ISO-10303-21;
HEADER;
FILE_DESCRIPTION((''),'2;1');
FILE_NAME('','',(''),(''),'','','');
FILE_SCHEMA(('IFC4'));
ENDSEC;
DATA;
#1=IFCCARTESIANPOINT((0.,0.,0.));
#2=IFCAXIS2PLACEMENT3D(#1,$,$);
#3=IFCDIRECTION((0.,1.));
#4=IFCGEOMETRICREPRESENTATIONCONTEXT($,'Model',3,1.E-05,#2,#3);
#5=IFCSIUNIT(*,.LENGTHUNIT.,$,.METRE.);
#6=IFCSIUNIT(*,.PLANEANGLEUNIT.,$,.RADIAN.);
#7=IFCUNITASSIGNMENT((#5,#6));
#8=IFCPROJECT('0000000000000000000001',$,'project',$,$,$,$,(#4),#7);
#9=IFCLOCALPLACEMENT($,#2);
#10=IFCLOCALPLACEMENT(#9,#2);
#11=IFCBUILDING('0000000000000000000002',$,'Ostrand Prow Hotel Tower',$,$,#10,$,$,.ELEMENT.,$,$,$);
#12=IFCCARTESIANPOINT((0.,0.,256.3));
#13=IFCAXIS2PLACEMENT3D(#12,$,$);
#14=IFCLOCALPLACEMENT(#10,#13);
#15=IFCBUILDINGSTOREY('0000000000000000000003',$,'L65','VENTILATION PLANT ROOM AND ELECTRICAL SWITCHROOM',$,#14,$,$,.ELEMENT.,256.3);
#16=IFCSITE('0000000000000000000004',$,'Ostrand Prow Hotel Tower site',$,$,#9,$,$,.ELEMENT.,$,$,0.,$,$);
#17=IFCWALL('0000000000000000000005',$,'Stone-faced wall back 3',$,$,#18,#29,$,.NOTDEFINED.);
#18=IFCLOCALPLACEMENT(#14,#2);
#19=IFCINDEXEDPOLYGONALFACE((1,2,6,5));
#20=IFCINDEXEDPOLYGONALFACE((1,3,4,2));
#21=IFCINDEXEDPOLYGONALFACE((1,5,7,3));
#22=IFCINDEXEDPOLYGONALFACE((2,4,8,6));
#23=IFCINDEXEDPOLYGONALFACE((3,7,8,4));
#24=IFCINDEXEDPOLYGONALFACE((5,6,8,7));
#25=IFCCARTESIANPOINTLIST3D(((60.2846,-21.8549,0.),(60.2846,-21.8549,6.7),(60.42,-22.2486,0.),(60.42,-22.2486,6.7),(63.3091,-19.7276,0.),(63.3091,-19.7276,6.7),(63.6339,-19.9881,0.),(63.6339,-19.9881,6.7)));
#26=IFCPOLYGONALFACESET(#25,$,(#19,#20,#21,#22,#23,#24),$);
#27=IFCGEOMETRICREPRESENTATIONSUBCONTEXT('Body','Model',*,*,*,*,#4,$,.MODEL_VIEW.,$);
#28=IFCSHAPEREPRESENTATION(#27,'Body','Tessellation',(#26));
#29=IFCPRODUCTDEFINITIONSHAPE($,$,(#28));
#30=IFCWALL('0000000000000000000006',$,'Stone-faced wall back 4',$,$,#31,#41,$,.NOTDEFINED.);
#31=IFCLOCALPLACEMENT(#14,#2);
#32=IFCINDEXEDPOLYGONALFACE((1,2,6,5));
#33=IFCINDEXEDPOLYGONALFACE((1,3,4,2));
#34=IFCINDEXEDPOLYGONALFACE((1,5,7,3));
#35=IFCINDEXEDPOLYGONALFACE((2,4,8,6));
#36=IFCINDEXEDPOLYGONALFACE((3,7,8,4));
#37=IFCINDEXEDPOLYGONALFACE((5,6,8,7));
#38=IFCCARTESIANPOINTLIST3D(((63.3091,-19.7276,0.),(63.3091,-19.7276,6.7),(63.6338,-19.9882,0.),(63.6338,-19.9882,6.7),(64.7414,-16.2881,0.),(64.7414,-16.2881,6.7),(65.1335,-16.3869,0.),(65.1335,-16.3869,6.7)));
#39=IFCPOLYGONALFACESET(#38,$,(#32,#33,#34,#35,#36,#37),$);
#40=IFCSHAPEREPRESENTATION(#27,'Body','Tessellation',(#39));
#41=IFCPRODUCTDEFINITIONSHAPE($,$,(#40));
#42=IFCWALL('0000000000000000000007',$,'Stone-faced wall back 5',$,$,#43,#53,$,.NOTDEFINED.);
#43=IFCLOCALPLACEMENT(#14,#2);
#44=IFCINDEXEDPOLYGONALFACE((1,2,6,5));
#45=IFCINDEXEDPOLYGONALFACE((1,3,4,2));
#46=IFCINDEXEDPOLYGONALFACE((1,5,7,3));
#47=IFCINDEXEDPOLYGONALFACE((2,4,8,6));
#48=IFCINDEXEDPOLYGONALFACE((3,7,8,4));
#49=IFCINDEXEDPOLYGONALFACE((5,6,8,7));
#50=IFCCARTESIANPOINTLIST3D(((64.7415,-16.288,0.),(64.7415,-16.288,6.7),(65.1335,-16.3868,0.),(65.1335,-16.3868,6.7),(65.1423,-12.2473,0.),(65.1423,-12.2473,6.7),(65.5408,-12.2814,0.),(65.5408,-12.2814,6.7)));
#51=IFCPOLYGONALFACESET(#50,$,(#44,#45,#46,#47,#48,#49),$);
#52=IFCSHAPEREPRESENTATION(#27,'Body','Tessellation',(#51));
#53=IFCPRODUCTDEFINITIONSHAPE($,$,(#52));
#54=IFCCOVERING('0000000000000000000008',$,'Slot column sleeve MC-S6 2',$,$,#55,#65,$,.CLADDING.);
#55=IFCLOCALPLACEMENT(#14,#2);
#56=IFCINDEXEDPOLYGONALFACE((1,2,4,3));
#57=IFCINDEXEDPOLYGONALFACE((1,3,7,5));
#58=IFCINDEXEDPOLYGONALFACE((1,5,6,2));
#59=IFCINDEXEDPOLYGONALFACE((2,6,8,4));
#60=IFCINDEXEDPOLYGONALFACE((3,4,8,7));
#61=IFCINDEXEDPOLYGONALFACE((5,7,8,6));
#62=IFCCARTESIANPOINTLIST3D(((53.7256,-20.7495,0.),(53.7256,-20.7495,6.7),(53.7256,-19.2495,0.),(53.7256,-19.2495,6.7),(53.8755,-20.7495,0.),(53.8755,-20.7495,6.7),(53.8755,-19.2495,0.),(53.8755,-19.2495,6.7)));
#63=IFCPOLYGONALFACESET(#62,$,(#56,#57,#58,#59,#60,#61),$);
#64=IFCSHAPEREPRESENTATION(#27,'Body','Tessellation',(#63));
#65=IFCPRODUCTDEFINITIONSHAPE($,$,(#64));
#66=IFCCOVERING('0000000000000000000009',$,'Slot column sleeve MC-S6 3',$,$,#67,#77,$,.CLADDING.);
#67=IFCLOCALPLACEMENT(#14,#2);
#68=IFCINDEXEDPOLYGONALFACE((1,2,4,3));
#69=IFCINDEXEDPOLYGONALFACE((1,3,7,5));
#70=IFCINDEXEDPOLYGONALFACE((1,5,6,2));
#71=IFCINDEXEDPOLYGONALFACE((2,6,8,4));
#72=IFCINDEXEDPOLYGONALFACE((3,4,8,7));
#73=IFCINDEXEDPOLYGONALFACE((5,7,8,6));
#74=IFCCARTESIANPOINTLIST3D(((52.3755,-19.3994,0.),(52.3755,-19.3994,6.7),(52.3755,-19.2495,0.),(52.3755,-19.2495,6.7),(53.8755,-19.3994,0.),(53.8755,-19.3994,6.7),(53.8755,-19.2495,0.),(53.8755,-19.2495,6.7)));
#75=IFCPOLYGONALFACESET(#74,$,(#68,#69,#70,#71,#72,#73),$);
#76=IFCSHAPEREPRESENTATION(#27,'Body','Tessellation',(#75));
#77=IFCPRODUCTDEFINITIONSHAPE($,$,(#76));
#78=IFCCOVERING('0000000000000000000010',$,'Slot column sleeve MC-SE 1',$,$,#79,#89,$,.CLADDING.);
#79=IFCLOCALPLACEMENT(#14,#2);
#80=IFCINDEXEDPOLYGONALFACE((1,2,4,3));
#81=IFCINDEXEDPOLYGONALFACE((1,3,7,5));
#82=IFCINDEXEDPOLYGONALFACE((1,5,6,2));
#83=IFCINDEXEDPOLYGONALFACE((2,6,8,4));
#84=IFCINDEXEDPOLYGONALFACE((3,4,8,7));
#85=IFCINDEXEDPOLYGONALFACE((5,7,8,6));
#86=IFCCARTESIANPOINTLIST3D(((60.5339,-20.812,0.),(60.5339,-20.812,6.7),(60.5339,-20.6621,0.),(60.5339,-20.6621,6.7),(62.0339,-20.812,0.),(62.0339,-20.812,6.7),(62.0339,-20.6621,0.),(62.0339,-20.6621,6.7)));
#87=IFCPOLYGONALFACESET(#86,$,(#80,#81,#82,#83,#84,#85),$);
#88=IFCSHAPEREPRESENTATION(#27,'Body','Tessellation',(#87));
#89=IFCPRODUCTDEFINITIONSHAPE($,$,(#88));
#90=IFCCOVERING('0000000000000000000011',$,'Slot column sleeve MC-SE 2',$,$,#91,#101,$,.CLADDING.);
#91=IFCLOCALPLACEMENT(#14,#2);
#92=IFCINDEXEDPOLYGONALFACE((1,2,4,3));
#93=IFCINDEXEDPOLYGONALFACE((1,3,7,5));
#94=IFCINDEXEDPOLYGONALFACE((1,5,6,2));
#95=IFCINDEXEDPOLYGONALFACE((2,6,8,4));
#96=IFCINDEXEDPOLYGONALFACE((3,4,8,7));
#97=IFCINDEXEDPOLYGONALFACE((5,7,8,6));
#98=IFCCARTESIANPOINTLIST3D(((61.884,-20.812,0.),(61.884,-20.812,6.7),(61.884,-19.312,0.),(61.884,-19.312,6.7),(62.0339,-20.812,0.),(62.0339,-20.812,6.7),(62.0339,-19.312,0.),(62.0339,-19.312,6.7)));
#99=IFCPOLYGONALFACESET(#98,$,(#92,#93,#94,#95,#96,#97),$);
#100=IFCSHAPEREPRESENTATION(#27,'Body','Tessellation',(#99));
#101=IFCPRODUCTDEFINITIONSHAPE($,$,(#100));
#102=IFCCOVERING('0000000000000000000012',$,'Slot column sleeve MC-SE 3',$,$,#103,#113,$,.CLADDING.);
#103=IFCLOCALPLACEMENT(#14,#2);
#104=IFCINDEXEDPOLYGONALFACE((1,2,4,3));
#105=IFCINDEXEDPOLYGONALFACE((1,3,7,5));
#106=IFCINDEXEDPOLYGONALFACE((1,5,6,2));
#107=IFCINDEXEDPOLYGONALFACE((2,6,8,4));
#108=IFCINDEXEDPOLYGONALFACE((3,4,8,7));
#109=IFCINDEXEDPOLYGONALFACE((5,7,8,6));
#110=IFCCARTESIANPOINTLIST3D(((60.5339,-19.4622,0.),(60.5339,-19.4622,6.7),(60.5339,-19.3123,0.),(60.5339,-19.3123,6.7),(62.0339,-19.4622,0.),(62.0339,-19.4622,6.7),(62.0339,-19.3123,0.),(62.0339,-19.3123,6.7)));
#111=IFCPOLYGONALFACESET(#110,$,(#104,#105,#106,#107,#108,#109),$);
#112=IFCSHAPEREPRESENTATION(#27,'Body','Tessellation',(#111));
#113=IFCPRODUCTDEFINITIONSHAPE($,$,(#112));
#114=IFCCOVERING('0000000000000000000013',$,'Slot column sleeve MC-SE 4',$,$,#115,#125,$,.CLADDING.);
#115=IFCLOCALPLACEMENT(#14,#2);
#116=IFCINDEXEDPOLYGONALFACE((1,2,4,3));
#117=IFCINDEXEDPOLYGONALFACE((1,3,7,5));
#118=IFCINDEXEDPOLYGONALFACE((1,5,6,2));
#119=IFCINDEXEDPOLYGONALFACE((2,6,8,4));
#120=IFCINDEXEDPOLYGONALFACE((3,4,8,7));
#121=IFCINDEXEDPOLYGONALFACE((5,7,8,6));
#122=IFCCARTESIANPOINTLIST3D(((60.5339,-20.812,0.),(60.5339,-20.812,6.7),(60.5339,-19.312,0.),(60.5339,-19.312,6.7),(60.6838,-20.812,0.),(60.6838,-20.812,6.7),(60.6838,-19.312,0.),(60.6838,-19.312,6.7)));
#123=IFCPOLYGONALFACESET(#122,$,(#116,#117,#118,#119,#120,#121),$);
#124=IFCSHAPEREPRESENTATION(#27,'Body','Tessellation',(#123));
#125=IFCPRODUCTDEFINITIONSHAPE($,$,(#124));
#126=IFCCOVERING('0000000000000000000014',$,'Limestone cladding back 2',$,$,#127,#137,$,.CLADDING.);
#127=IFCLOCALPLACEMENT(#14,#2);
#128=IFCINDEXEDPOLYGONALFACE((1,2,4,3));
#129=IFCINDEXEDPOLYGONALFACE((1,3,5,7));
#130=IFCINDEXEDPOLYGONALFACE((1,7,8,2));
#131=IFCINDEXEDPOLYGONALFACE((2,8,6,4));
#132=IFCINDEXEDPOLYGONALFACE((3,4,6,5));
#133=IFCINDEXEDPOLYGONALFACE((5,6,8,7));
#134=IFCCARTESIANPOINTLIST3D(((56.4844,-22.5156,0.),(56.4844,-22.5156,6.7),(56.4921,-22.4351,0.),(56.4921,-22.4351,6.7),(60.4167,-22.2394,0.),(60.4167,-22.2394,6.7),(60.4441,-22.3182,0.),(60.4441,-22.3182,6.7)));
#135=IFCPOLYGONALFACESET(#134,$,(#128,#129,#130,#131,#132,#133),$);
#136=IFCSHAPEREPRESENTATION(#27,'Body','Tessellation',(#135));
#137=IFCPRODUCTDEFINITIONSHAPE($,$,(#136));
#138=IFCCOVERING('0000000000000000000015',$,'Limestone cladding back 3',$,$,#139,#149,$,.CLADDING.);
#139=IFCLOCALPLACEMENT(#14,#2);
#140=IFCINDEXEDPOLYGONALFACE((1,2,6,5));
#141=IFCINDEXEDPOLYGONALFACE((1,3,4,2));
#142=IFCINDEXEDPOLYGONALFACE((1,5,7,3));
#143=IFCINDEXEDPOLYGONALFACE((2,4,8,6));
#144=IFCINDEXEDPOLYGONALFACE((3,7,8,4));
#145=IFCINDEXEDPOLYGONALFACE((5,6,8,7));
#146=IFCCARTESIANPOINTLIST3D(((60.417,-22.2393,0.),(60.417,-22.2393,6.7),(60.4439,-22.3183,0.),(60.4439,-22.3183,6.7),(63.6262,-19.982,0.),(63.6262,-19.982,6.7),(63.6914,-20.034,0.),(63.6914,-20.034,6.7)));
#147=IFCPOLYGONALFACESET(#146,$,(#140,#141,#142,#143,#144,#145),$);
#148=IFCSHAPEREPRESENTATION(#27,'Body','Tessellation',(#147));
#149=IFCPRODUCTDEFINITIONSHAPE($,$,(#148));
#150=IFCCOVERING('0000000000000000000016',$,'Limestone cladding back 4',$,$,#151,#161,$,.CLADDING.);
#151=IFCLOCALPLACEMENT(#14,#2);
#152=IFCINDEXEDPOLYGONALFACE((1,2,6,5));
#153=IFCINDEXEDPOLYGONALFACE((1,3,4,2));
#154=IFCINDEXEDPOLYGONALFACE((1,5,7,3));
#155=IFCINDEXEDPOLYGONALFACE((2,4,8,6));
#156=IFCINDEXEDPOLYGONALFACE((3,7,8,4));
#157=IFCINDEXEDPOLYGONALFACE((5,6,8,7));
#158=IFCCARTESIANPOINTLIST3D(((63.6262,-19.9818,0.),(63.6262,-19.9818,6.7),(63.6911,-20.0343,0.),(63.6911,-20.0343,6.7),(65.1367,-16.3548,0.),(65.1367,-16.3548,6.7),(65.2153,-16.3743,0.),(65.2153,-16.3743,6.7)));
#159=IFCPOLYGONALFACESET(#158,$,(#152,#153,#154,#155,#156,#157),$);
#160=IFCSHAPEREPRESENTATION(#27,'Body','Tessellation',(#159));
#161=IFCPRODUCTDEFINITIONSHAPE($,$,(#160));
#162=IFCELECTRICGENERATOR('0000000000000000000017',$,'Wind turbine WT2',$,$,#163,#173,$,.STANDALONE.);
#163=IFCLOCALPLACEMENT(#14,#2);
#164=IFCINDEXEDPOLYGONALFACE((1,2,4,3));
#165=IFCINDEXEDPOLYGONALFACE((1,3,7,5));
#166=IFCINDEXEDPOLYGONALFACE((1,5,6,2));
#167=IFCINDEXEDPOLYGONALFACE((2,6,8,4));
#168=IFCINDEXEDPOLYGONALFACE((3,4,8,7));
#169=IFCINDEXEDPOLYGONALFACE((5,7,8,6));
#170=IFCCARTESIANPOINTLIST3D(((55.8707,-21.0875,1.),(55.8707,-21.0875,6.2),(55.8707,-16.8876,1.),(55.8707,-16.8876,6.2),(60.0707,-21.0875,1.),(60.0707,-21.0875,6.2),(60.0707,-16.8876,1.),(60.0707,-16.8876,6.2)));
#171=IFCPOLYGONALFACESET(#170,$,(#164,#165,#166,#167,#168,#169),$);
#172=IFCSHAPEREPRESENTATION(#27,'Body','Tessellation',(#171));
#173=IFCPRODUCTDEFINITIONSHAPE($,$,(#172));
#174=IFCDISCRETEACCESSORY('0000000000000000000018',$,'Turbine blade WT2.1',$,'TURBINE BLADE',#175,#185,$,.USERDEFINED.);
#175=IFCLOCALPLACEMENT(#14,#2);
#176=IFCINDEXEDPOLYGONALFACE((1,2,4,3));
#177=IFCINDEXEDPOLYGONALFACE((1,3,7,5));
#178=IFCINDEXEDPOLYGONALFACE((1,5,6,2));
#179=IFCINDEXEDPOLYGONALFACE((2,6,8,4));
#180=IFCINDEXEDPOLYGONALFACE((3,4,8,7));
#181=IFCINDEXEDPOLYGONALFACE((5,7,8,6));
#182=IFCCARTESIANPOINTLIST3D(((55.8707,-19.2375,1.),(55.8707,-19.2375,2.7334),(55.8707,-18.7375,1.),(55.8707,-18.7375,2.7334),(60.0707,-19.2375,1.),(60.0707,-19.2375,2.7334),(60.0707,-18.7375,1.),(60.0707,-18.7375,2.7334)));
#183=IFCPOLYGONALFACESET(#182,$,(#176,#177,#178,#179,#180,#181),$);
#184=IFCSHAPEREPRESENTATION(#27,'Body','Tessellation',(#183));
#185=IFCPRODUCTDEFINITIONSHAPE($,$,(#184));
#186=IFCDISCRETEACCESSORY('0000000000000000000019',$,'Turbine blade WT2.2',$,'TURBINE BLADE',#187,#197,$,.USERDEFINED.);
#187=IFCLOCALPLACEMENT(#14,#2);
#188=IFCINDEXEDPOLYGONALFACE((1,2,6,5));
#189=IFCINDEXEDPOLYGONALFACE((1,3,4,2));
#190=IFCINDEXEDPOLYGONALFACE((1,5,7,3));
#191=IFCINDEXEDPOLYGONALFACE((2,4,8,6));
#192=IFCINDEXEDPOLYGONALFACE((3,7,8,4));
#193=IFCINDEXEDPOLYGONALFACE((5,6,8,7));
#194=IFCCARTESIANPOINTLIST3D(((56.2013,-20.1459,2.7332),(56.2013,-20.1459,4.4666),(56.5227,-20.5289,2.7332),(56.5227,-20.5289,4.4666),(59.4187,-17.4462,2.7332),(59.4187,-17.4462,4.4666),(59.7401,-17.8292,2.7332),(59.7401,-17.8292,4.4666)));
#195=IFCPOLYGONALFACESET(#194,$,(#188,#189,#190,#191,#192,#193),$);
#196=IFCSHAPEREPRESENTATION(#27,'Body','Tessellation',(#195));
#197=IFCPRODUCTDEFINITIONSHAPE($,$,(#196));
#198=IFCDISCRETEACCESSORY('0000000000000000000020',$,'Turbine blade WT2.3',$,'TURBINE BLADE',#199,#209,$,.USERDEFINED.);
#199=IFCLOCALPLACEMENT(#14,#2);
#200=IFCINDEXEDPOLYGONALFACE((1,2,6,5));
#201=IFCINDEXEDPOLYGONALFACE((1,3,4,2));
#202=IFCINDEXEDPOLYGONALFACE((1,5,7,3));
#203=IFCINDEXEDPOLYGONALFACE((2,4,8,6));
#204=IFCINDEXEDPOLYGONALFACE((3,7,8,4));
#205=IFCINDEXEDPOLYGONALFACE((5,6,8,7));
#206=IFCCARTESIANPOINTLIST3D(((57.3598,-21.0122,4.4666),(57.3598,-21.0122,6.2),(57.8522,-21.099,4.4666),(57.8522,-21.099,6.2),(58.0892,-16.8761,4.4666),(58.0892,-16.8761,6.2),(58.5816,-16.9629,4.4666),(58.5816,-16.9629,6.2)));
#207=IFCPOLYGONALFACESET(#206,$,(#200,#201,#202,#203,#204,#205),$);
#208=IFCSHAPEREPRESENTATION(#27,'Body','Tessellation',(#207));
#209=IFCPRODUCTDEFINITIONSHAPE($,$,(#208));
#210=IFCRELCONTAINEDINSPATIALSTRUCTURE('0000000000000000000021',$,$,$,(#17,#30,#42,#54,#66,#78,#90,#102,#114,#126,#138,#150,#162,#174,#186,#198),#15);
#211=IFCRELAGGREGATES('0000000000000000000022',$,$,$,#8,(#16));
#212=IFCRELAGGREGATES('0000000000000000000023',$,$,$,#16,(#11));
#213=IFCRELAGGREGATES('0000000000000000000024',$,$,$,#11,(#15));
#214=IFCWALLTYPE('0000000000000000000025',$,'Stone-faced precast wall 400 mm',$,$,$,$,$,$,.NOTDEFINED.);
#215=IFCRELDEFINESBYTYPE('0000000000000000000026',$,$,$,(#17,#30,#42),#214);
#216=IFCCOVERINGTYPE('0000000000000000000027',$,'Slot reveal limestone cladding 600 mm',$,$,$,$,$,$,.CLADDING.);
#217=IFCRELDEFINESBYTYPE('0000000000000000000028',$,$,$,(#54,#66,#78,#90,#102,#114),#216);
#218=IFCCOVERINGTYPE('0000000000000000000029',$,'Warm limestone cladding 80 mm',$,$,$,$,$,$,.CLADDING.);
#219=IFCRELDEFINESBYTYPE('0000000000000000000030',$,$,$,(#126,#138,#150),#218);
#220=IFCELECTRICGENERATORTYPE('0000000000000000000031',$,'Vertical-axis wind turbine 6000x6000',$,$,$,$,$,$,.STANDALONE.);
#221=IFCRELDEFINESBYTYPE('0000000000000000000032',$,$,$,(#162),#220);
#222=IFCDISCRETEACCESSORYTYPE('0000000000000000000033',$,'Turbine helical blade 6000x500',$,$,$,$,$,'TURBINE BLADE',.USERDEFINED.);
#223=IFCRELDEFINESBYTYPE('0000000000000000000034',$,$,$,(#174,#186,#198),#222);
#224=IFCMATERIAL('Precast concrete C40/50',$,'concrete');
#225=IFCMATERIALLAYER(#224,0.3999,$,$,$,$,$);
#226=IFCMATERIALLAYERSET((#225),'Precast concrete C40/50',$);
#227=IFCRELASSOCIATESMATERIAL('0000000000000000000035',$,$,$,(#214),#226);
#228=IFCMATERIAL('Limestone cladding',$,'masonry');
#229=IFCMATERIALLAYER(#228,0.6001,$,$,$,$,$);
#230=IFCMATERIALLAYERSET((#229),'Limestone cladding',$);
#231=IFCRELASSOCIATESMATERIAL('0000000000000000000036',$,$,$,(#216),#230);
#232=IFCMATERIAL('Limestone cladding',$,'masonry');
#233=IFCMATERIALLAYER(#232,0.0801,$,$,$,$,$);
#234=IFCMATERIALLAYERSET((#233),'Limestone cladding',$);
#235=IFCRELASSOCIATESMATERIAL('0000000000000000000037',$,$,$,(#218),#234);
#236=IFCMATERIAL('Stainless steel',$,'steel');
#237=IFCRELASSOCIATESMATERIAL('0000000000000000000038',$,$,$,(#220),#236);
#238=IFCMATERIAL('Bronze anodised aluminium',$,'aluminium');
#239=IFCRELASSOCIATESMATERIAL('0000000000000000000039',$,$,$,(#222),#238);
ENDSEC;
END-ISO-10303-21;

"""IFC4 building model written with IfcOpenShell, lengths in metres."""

from ifc_helpers import new_model, si_unit, direction, frame, frame_2d, origin, origin_2d, place, context, subcontext, project, spatial, polyline, rectangle, outline, extrude, material, layer, layer_set, type_object, element, save


model = new_model("IFC4")

# Units and contexts
model_context = context("Model", 3, precision=1e-05, world=origin(), true_north=direction((0.0, 1.0)))
body_context = subcontext(model_context, "Body", "Model", "MODEL_VIEW")
ifc_project = project(units=[si_unit("LENGTHUNIT", "METRE"), si_unit("PLANEANGLEUNIT", "RADIAN")], contexts=[model_context])

# Site, building, storey
site_placement = place(None, origin())
site = spatial("IfcSite", under=ifc_project, at=site_placement, Name="Ostrand Prow Hotel Tower site", CompositionType="ELEMENT", RefElevation=0.0)
building_placement = place(site_placement, origin())
building = spatial("IfcBuilding", under=site, at=building_placement, Name="Ostrand Prow Hotel Tower", CompositionType="ELEMENT")
storey_placement = place(building_placement, frame((0.0, 0.0, 256.3)))
storey = spatial("IfcBuildingStorey", under=building, at=storey_placement, Name="L65", Description="VENTILATION PLANT ROOM AND ELECTRICAL SWITCHROOM", CompositionType="ELEMENT", Elevation=256.3)

# Walls
ifc_material_1 = material(Name="Precast concrete C40/50", Category="concrete")
ifc_layer_1 = layer(ifc_material_1, 0.3999)
ifc_layer_set_1 = layer_set([ifc_layer_1], Name="Precast concrete C40/50")
wall_type_1 = type_object("IfcWallType", Name="Stone-faced precast wall 400 mm", PredefinedType="NOTDEFINED", material=ifc_layer_set_1)
wall_1_placement = place(storey_placement, frame((60.3523, -22.0518, 0.0), z_axis=(0.0, 0.0, 1.0), x_axis=(0.817943, 0.5753, 0.0)))
element("IfcWall", 1, at=wall_1_placement, inside=storey, type_object=wall_type_1, Name="Stone-faced wall back 3", PredefinedType="NOTDEFINED", context=body_context, shape_type="SweptSolid", body=[
    extrude(outline(polyline([(-0.0579, -0.2), (3.8713, -0.2), (3.7556, 0.2), (0.0579, 0.2), (-0.0579, -0.2)])), origin(), (0.0, 0.0, 1.0), 6.7),
])
wall_2_placement = place(storey_placement, frame((63.4714, -19.8579, 0.0), z_axis=(0.0, 0.0, 1.0), x_axis=(0.384434, 0.923153, 0.0)))
element("IfcWall", 2, at=wall_2_placement, inside=storey, type_object=wall_type_1, Name="Stone-faced wall back 4", PredefinedType="NOTDEFINED", context=body_context, shape_type="SweptSolid", body=[
    extrude(outline(polyline([(-0.0579, -0.2), (3.8433, -0.2), (3.7837, 0.2), (0.0579, 0.2), (-0.0579, -0.2)])), origin(), (0.0, 0.0, 1.0), 6.7),
])
wall_3_placement = place(storey_placement, frame((64.9375, -16.3374, 0.0), z_axis=(0.0, 0.0, 1.0), x_axis=(0.098718, 0.995115, 0.0)))
element("IfcWall", 3, at=wall_3_placement, inside=storey, type_object=wall_type_1, Name="Stone-faced wall back 5", PredefinedType="NOTDEFINED", context=body_context, shape_type="SweptSolid", body=[
    extrude(outline(polyline([(-0.0298, -0.2), (4.0957, -0.2), (4.0903, 0.2), (0.0298, 0.2), (-0.0298, -0.2)])), origin(), (0.0, 0.0, 1.0), 6.7),
])

# Coverings
ifc_material_2 = material(Name="Limestone cladding", Category="masonry")
ifc_layer_2 = layer(ifc_material_2, 0.6001)
ifc_layer_set_2 = layer_set([ifc_layer_2], Name="Limestone cladding")
covering_type_1 = type_object("IfcCoveringType", Name="Slot reveal limestone cladding 600 mm", PredefinedType="CLADDING", material=ifc_layer_set_2)
for number, where, z_axis, x_axis, name in (
    (4, (53.8005, -20.7495, 0.0), (0.0, 0.0, 1.0), (0.0, 1.0, 0.0), "Slot column sleeve MC-S6 2"),
    (5, (53.8755, -19.3245, 0.0), (0.0, 0.0, 1.0), (-1.0, 0.0, 0.0), "Slot column sleeve MC-S6 3"),
    (6, (60.5339, -20.7371, 0.0), (0.0, 0.0, 1.0), (1.0, 0.0, 0.0), "Slot column sleeve MC-SE 1"),
    (7, (61.959, -20.812, 0.0), (0.0, 0.0, 1.0), (0.0, 1.0, 0.0), "Slot column sleeve MC-SE 2"),
    (8, (62.0339, -19.3872, 0.0), (0.0, 0.0, 1.0), (-1.0, 0.0, 0.0), "Slot column sleeve MC-SE 3"),
    (9, (60.6089, -19.312, 0.0), (0.0, 0.0, 1.0), (0.0, -1.0, 0.0), "Slot column sleeve MC-SE 4"),
):
    element("IfcCovering", number, at=place(storey_placement, frame(where, z_axis=z_axis, x_axis=x_axis)), inside=storey, type_object=covering_type_1, Name=name, PredefinedType="CLADDING", context=body_context, shape_type="SweptSolid", body=[
        extrude(rectangle(XDim=1.5, YDim=0.1499, at=frame_2d((0.75, 0.0))), origin(), (0.0, 0.0, 1.0), 6.7),
    ])
ifc_material_3 = material(Name="Limestone cladding", Category="masonry")
ifc_layer_3 = layer(ifc_material_3, 0.0801)
ifc_layer_set_3 = layer_set([ifc_layer_3], Name="Limestone cladding")
covering_type_2 = type_object("IfcCoveringType", Name="Warm limestone cladding 80 mm", PredefinedType="CLADDING", material=ifc_layer_set_3)
covering_1_placement = place(storey_placement, frame((56.4883, -22.4753, 0.0), z_axis=(0.0, 0.0, 1.0), x_axis=(0.99876, 0.049793, 0.0)))
element("IfcCovering", 10, at=covering_1_placement, inside=storey, type_object=covering_type_2, Name="Limestone cladding back 2", PredefinedType="CLADDING", context=body_context, shape_type="SweptSolid", body=[
    extrude(outline(polyline([(-0.0059, -0.04), (3.9587, -0.04), (3.9353, 0.04), (0.0059, 0.04), (-0.0059, -0.04)])), origin(), (0.0, 0.0, 1.0), 6.7),
])
covering_2_placement = place(storey_placement, frame((60.4304, -22.2788, 0.0), z_axis=(0.0, 0.0, 1.0), x_axis=(0.817925, 0.575325, 0.0)))
element("IfcCovering", 11, at=covering_2_placement, inside=storey, type_object=covering_type_2, Name="Limestone cladding back 3", PredefinedType="CLADDING", context=body_context, shape_type="SweptSolid", body=[
    extrude(outline(polyline([(-0.0117, -0.04), (3.9587, -0.04), (3.9353, 0.04), (0.0117, 0.04), (-0.0117, -0.04)])), origin(), (0.0, 0.0, 1.0), 6.7),
])
covering_3_placement = place(storey_placement, frame((63.6587, -20.0081, 0.0), z_axis=(0.0, 0.0, 1.0), x_axis=(0.38444, 0.92315, 0.0)))
element("IfcCovering", 12, at=covering_3_placement, inside=storey, type_object=covering_type_2, Name="Limestone cladding back 4", PredefinedType="CLADDING", context=body_context, shape_type="SweptSolid", body=[
    extrude(outline(polyline([(-0.0117, -0.04), (3.9529, -0.04), (3.9407, 0.04), (0.0117, 0.04), (-0.0117, -0.04)])), origin(), (0.0, 0.0, 1.0), 6.7),
])

# Electric generator
ifc_material_4 = material(Name="Stainless steel", Category="steel")
electric_generator_type = type_object("IfcElectricGeneratorType", Name="Vertical-axis wind turbine 6000x6000", PredefinedType="STANDALONE", material=ifc_material_4)
electric_generator_placement = place(storey_placement, frame((57.9707, -18.9875, 1.0), z_axis=(0.0, 0.0, 1.0), x_axis=(1.0, 0.0, 0.0)))
element("IfcElectricGenerator", 13, at=electric_generator_placement, inside=storey, type_object=electric_generator_type, Name="Wind turbine WT2", PredefinedType="STANDALONE", context=body_context, shape_type="SweptSolid", body=[
    extrude(rectangle(XDim=4.2, YDim=4.2, at=origin_2d()), origin(), (0.0, 0.0, 1.0), 5.2),
])

# Discrete accessories
ifc_material_5 = material(Name="Bronze anodised aluminium", Category="aluminium")
discrete_accessory_type_1 = type_object("IfcDiscreteAccessoryType", Name="Turbine helical blade 6000x500", ElementType="TURBINE BLADE", PredefinedType="USERDEFINED", material=ifc_material_5)
for number, where, z_axis, x_axis, name in (
    (14, (57.9707, -18.9875, 1.0), (0.0, 0.0, 1.0), (1.0, 0.0, 0.0), "Turbine blade WT2.1"),
    (15, (57.9707, -18.9875, 2.7332), (0.0, 0.0, 1.0), (0.766044, 0.642788, 0.0), "Turbine blade WT2.2"),
    (16, (57.9707, -18.9875, 4.4666), (0.0, 0.0, 1.0), (0.173648, 0.984808, 0.0), "Turbine blade WT2.3"),
):
    element("IfcDiscreteAccessory", number, at=place(storey_placement, frame(where, z_axis=z_axis, x_axis=x_axis)), inside=storey, type_object=discrete_accessory_type_1, Name=name, ObjectType="TURBINE BLADE", PredefinedType="USERDEFINED", context=body_context, shape_type="SweptSolid", body=[
        extrude(rectangle(XDim=4.2, YDim=0.5, at=origin_2d()), origin(), (0.0, 0.0, 1.0), 1.7334),
    ])

save(model, "model.ifc")
